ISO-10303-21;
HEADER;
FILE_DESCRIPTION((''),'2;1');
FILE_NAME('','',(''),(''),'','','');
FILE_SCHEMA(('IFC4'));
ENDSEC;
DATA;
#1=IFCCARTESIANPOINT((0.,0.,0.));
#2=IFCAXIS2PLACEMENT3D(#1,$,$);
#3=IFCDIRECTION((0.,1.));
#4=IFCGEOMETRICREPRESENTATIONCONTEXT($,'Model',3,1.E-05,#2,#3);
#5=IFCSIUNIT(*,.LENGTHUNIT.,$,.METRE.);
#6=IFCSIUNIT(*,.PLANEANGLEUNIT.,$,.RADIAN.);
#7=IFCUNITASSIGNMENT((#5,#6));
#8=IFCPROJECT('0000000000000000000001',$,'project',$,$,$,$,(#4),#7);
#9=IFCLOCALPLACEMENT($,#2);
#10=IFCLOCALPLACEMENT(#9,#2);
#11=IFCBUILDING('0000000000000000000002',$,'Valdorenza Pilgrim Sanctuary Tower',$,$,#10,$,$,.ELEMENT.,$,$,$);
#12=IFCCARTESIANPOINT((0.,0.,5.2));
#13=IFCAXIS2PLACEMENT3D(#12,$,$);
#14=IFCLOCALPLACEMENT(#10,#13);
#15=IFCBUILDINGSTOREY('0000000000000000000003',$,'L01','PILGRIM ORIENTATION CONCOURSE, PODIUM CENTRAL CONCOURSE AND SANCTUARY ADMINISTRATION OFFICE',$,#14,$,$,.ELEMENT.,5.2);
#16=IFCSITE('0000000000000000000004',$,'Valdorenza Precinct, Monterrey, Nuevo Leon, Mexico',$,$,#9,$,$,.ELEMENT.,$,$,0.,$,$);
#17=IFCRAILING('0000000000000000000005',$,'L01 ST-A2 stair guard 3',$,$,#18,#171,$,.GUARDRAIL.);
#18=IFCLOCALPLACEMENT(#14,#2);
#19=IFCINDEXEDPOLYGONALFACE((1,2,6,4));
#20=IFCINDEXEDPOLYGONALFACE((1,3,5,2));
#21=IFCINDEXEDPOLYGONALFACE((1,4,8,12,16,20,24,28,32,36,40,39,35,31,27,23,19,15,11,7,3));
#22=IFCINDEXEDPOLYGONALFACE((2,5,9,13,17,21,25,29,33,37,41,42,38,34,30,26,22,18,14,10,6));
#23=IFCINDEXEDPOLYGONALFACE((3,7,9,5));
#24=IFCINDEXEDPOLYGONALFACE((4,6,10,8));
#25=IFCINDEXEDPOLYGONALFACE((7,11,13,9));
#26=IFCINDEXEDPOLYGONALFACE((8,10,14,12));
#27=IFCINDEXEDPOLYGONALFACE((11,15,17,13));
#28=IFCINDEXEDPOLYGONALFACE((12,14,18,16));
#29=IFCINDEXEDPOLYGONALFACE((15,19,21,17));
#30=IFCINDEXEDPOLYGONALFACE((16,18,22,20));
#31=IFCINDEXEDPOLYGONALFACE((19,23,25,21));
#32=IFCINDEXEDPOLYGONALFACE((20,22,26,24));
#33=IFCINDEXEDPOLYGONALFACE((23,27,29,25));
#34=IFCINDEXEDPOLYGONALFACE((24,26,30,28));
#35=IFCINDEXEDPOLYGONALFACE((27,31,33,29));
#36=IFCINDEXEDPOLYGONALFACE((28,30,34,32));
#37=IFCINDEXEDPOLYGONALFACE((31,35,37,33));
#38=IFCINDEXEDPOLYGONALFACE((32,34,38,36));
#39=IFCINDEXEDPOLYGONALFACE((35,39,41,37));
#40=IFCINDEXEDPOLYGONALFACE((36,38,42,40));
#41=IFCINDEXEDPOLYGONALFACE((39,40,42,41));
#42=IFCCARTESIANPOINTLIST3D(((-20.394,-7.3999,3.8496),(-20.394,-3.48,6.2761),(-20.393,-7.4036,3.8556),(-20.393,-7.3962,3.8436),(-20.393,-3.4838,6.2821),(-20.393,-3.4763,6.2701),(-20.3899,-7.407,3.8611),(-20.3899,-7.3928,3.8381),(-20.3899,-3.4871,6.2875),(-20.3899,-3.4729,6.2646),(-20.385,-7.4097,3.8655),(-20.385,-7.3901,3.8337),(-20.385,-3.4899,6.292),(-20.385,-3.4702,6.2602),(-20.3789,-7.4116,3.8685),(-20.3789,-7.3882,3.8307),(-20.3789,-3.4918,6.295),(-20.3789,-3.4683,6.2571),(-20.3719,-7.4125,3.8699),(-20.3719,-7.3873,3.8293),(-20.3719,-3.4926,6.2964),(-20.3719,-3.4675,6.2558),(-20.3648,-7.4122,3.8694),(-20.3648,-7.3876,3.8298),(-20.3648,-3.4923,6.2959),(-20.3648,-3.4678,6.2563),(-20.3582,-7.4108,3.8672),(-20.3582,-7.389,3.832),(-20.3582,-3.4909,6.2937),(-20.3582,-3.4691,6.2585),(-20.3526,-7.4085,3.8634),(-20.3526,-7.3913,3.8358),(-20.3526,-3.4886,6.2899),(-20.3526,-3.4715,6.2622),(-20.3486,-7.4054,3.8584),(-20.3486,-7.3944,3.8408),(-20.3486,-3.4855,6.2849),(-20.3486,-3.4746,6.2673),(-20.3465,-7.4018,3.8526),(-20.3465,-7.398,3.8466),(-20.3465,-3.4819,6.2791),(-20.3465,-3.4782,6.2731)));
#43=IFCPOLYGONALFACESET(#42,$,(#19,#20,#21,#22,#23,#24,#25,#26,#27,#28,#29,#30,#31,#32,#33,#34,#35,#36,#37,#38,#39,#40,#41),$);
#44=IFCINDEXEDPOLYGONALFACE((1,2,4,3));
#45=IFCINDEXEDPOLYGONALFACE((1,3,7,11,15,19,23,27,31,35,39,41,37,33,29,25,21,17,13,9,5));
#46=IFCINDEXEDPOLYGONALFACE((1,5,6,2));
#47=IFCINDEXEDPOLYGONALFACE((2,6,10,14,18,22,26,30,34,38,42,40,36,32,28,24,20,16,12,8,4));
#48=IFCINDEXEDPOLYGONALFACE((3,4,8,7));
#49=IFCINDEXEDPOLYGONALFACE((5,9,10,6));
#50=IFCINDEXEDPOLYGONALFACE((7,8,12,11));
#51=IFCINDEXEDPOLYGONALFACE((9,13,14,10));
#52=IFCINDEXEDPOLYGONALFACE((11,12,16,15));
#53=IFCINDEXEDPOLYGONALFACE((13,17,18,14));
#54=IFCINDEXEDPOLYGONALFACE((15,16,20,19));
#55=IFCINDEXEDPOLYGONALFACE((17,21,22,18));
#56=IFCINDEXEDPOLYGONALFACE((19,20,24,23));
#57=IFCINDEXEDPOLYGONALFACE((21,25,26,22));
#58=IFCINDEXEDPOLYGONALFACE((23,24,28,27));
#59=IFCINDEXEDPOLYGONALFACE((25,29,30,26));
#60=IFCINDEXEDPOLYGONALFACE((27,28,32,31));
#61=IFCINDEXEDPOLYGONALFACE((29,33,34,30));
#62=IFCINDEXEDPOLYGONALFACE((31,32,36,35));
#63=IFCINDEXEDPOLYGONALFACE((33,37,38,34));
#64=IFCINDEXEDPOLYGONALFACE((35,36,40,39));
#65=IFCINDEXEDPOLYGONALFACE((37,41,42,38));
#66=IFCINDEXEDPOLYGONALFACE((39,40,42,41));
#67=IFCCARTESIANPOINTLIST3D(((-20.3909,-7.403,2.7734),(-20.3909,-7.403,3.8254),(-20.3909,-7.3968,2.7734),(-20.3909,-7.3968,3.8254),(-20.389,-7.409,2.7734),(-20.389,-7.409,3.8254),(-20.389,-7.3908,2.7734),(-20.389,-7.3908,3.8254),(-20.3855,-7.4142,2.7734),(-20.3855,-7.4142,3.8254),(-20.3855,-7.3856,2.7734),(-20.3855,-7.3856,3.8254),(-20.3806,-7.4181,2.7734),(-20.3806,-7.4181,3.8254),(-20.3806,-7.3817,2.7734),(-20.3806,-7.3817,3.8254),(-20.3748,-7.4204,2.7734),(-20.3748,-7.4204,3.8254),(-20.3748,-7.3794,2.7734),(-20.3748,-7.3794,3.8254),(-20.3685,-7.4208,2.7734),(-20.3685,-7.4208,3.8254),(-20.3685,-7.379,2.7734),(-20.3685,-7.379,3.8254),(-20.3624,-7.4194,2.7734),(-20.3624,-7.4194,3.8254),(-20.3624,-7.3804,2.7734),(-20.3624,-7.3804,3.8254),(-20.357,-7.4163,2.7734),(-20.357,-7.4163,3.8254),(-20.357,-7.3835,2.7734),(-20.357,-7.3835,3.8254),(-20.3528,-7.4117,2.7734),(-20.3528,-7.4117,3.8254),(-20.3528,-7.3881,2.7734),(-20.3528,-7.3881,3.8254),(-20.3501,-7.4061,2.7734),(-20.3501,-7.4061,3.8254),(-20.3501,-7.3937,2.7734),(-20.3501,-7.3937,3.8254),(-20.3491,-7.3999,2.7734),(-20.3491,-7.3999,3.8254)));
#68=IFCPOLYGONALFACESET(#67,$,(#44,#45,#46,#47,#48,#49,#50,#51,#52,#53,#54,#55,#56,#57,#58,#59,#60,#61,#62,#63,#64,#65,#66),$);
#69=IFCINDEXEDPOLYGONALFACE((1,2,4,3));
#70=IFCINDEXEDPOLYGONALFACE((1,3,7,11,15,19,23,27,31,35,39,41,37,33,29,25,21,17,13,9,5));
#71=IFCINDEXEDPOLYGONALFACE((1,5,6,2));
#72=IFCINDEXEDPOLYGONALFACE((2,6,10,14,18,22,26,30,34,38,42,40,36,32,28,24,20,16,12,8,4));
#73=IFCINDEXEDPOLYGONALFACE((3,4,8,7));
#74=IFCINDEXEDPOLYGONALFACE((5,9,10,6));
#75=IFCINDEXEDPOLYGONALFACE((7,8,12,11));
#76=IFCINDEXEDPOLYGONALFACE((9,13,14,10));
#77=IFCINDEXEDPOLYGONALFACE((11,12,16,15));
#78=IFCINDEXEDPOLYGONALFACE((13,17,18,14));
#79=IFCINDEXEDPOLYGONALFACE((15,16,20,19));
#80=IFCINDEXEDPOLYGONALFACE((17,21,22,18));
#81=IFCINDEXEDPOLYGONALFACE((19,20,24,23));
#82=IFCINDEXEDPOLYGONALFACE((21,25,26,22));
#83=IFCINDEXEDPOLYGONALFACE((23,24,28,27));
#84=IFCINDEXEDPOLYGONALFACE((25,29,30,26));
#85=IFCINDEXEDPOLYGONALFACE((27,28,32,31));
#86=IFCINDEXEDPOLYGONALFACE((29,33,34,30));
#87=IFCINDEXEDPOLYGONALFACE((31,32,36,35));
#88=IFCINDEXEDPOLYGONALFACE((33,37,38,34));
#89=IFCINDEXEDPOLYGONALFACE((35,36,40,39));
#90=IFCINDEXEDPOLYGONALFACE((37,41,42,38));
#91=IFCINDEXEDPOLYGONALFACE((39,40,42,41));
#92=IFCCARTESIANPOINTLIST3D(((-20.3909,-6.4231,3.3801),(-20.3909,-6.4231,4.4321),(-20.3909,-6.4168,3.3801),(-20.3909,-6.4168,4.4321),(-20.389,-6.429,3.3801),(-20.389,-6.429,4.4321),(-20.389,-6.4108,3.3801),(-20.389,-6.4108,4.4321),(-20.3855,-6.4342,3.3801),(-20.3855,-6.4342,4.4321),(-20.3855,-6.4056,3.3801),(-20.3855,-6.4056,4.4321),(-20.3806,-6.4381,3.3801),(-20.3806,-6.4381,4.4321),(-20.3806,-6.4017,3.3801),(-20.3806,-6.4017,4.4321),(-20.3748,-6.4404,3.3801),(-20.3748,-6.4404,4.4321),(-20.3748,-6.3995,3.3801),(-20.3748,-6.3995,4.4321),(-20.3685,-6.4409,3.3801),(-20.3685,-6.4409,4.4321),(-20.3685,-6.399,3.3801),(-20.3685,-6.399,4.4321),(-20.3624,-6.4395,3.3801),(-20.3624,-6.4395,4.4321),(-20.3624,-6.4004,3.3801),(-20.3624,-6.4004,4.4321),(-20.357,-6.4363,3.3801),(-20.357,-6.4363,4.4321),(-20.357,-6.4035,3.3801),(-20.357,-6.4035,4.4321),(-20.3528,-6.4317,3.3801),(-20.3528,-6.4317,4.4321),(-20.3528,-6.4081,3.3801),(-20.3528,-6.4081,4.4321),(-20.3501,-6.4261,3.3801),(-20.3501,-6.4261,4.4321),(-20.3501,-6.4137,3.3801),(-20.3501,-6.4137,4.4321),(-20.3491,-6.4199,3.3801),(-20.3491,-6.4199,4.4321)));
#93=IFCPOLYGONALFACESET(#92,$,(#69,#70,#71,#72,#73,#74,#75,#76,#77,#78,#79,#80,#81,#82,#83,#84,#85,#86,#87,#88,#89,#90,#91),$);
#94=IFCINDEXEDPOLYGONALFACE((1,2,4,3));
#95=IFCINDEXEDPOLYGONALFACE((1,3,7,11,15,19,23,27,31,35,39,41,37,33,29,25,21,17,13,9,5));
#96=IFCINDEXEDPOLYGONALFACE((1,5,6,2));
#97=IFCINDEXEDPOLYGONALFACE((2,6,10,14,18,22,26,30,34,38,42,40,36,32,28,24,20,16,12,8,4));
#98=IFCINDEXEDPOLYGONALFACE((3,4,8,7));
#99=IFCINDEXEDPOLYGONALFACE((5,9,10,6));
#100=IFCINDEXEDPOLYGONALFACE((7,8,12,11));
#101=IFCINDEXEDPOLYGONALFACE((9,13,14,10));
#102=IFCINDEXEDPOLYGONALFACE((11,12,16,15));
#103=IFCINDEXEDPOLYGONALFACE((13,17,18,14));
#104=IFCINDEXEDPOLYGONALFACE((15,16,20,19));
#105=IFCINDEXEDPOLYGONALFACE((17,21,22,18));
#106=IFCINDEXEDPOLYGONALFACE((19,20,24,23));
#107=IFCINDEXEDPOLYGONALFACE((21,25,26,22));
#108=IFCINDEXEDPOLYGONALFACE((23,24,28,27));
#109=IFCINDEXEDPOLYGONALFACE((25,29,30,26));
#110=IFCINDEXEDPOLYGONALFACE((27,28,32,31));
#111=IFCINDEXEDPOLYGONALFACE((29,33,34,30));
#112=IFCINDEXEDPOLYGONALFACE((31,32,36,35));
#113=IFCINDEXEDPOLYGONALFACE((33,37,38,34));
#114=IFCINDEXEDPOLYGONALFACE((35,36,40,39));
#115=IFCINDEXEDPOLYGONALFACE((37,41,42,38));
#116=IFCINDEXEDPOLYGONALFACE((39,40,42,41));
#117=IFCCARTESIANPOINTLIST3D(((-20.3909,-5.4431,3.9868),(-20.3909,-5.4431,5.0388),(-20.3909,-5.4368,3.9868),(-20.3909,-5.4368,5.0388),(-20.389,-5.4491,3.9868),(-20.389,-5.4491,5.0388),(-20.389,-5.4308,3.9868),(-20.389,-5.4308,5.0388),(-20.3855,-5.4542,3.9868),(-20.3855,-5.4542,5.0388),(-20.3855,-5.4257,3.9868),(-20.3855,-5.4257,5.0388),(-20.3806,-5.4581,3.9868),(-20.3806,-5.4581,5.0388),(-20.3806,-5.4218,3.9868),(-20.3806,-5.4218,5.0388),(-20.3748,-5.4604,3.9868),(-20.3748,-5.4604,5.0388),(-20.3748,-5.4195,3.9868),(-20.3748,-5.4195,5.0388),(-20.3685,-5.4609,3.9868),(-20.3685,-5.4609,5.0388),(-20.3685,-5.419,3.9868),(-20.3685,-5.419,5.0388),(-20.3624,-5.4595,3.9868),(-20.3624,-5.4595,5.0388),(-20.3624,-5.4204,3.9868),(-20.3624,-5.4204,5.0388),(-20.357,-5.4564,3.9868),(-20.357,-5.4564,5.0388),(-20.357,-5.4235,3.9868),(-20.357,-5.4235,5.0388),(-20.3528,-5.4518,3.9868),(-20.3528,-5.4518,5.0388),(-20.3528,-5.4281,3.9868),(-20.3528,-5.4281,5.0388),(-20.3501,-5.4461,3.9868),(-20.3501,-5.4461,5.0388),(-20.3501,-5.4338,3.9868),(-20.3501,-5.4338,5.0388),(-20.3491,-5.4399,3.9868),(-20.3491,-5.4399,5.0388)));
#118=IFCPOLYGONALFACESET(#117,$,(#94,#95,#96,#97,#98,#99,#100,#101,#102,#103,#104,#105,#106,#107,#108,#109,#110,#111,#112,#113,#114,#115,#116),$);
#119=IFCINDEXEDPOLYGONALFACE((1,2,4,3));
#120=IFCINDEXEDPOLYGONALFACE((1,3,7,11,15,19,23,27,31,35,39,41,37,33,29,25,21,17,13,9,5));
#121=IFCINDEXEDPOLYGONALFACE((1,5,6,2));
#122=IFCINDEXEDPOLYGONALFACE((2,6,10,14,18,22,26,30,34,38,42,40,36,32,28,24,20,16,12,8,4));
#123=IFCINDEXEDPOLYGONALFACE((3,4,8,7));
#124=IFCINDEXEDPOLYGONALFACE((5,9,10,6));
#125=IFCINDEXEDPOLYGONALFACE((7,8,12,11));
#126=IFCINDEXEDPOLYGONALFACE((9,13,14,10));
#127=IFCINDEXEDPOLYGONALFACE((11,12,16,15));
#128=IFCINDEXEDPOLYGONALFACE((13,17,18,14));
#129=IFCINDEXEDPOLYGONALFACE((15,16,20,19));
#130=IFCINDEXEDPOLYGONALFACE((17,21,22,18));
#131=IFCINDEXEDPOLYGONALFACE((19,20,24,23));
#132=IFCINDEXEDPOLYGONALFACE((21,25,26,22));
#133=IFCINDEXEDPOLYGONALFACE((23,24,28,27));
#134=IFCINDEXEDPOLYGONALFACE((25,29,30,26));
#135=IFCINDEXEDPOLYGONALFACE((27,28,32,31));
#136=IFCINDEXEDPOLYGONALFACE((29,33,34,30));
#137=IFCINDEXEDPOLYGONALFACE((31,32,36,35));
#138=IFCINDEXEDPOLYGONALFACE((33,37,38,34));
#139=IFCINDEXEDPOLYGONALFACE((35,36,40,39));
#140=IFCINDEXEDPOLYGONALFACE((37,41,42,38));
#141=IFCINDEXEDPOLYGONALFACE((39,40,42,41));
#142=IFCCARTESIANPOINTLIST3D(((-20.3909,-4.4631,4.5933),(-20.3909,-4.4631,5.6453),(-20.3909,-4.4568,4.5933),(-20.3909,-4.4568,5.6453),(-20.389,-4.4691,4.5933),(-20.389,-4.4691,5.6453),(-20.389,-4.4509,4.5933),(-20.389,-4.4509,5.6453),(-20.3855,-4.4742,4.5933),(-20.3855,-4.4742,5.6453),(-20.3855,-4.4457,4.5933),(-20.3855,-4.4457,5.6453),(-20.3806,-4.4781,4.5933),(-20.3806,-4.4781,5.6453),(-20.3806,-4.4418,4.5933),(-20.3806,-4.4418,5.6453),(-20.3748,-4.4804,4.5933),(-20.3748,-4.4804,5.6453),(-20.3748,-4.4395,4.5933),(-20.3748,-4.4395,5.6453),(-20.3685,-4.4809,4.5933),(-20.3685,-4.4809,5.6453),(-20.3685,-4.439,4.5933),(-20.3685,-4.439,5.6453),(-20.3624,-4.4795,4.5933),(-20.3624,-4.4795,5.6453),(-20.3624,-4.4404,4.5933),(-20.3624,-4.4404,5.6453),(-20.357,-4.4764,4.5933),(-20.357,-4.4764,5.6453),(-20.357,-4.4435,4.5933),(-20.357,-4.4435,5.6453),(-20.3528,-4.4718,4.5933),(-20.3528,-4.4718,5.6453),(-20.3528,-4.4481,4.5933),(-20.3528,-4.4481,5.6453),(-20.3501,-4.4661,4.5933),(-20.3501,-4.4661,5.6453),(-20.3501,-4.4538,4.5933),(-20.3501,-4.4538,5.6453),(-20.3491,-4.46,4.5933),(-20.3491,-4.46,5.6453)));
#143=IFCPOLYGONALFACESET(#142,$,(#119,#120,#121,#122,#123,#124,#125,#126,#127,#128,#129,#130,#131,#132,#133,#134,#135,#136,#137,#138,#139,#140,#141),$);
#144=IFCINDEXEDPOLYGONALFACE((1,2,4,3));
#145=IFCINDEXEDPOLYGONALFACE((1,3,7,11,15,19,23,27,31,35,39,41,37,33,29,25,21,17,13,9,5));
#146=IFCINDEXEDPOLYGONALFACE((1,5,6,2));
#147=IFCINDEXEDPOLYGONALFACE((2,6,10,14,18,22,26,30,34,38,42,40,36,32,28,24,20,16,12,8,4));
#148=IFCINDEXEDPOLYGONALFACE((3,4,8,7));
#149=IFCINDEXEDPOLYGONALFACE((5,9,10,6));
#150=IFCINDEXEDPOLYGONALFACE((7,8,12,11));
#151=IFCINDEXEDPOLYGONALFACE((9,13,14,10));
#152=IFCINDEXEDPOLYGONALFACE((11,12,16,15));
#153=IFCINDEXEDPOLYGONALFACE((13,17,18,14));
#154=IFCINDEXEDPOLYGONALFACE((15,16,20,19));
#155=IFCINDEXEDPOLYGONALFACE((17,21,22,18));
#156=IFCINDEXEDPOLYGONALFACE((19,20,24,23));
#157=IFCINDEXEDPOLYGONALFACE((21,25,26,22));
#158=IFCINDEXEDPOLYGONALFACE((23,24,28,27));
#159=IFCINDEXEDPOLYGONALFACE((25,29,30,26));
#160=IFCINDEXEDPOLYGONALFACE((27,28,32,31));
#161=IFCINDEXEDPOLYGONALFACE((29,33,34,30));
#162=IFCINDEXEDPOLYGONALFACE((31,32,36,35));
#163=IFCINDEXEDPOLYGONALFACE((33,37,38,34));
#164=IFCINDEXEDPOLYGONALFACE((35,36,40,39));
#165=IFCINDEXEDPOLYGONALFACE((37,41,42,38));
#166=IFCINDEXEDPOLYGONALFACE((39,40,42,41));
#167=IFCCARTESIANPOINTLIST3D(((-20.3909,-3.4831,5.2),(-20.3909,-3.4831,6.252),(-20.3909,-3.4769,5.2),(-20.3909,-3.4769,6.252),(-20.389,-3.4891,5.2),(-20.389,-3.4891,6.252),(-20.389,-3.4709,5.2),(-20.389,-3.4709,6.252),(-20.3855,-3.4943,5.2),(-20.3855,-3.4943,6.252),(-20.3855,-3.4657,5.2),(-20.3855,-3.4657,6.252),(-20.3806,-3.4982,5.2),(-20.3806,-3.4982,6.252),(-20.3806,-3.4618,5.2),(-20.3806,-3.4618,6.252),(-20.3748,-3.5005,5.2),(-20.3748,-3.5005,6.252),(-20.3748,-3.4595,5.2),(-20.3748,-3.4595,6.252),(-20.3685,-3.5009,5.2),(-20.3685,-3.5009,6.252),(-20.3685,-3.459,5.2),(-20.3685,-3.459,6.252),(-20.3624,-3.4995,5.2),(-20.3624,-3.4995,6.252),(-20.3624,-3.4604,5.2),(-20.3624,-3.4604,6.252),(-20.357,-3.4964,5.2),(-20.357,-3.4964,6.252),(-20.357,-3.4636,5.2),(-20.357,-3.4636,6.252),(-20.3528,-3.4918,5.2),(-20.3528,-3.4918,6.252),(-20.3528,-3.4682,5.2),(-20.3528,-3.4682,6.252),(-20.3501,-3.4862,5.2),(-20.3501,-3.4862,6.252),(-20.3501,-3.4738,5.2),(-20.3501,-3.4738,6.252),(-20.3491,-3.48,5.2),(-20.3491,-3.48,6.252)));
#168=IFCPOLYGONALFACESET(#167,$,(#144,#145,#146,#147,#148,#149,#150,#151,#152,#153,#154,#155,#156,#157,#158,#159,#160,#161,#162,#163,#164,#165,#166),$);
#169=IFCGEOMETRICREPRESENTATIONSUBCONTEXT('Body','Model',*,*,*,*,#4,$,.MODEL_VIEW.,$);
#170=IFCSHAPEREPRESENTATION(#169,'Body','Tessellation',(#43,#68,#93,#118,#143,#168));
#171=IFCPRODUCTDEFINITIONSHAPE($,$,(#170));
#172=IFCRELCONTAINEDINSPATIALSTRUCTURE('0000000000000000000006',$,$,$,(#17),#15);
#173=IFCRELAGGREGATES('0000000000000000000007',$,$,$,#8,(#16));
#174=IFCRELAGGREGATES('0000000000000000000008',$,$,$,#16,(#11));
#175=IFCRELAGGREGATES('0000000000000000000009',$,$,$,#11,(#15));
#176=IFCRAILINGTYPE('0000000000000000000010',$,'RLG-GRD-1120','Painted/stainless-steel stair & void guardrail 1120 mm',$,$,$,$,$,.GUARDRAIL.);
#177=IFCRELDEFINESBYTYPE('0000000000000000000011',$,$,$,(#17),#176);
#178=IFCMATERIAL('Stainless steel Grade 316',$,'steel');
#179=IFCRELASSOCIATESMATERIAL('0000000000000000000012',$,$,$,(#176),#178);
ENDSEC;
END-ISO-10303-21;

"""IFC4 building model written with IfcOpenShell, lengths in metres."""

from ifc_helpers import new_model, si_unit, direction, frame, origin, origin_2d, place, context, subcontext, project, spatial, circle, extrude, material, type_object, element, save


model = new_model("IFC4")

# Units and contexts
model_context = context("Model", 3, precision=1e-05, world=origin(), true_north=direction((0.0, 1.0)))
body_context = subcontext(model_context, "Body", "Model", "MODEL_VIEW")
ifc_project = project(units=[si_unit("LENGTHUNIT", "METRE"), si_unit("PLANEANGLEUNIT", "RADIAN")], contexts=[model_context])

# Site, building, storey
site_placement = place(None, origin())
site = spatial("IfcSite", under=ifc_project, at=site_placement, Name="Valdorenza Precinct, Monterrey, Nuevo Leon, Mexico", CompositionType="ELEMENT", RefElevation=0.0)
building_placement = place(site_placement, origin())
building = spatial("IfcBuilding", under=site, at=building_placement, Name="Valdorenza Pilgrim Sanctuary Tower", CompositionType="ELEMENT")
storey_placement = place(building_placement, frame((0.0, 0.0, 5.2)))
storey = spatial("IfcBuildingStorey", under=building, at=storey_placement, Name="L01", Description="PILGRIM ORIENTATION CONCOURSE, PODIUM CENTRAL CONCOURSE AND SANCTUARY ADMINISTRATION OFFICE", CompositionType="ELEMENT", Elevation=5.2)

# Railing
ifc_material_1 = material(Name="Stainless steel Grade 316", Category="steel")
railing_type_1 = type_object("IfcRailingType", Name="RLG-GRD-1120", Description="Painted/stainless-steel stair & void guardrail 1120 mm", PredefinedType="GUARDRAIL", material=ifc_material_1)
railing_1_placement = place(storey_placement, frame((-20.3701, -7.3999, 2.7734)))
element("IfcRailing", 1, at=railing_1_placement, inside=storey, type_object=railing_type_1, Name="L01 ST-A2 stair guard 3", PredefinedType="GUARDRAIL", context=body_context, shape_type="SweptSolid", body=[
    extrude(circle(Radius=0.0239, at=origin_2d()), frame((0.0, 0.0, 1.0762), z_axis=(0.0, 0.850275, 0.526338), x_axis=(-1.0, 0.0, 0.0)), (0.0, 0.0, 1.0), 4.6101),
    extrude(circle(Radius=0.021, at=origin_2d()), origin(), (0.0, 0.0, 1.0), 1.052),
    extrude(circle(Radius=0.021, at=origin_2d()), frame((0.0, 0.98, 0.6067)), (0.0, 0.0, 1.0), 1.052),
    extrude(circle(Radius=0.021, at=origin_2d()), frame((0.0, 1.96, 1.2134)), (0.0, 0.0, 1.0), 1.052),
    extrude(circle(Radius=0.021, at=origin_2d()), frame((0.0, 2.9399, 1.8198)), (0.0, 0.0, 1.0), 1.052),
    extrude(circle(Radius=0.021, at=origin_2d()), frame((0.0, 3.9199, 2.4265)), (0.0, 0.0, 1.0), 1.052),
])

save(model, "model.ifc")
